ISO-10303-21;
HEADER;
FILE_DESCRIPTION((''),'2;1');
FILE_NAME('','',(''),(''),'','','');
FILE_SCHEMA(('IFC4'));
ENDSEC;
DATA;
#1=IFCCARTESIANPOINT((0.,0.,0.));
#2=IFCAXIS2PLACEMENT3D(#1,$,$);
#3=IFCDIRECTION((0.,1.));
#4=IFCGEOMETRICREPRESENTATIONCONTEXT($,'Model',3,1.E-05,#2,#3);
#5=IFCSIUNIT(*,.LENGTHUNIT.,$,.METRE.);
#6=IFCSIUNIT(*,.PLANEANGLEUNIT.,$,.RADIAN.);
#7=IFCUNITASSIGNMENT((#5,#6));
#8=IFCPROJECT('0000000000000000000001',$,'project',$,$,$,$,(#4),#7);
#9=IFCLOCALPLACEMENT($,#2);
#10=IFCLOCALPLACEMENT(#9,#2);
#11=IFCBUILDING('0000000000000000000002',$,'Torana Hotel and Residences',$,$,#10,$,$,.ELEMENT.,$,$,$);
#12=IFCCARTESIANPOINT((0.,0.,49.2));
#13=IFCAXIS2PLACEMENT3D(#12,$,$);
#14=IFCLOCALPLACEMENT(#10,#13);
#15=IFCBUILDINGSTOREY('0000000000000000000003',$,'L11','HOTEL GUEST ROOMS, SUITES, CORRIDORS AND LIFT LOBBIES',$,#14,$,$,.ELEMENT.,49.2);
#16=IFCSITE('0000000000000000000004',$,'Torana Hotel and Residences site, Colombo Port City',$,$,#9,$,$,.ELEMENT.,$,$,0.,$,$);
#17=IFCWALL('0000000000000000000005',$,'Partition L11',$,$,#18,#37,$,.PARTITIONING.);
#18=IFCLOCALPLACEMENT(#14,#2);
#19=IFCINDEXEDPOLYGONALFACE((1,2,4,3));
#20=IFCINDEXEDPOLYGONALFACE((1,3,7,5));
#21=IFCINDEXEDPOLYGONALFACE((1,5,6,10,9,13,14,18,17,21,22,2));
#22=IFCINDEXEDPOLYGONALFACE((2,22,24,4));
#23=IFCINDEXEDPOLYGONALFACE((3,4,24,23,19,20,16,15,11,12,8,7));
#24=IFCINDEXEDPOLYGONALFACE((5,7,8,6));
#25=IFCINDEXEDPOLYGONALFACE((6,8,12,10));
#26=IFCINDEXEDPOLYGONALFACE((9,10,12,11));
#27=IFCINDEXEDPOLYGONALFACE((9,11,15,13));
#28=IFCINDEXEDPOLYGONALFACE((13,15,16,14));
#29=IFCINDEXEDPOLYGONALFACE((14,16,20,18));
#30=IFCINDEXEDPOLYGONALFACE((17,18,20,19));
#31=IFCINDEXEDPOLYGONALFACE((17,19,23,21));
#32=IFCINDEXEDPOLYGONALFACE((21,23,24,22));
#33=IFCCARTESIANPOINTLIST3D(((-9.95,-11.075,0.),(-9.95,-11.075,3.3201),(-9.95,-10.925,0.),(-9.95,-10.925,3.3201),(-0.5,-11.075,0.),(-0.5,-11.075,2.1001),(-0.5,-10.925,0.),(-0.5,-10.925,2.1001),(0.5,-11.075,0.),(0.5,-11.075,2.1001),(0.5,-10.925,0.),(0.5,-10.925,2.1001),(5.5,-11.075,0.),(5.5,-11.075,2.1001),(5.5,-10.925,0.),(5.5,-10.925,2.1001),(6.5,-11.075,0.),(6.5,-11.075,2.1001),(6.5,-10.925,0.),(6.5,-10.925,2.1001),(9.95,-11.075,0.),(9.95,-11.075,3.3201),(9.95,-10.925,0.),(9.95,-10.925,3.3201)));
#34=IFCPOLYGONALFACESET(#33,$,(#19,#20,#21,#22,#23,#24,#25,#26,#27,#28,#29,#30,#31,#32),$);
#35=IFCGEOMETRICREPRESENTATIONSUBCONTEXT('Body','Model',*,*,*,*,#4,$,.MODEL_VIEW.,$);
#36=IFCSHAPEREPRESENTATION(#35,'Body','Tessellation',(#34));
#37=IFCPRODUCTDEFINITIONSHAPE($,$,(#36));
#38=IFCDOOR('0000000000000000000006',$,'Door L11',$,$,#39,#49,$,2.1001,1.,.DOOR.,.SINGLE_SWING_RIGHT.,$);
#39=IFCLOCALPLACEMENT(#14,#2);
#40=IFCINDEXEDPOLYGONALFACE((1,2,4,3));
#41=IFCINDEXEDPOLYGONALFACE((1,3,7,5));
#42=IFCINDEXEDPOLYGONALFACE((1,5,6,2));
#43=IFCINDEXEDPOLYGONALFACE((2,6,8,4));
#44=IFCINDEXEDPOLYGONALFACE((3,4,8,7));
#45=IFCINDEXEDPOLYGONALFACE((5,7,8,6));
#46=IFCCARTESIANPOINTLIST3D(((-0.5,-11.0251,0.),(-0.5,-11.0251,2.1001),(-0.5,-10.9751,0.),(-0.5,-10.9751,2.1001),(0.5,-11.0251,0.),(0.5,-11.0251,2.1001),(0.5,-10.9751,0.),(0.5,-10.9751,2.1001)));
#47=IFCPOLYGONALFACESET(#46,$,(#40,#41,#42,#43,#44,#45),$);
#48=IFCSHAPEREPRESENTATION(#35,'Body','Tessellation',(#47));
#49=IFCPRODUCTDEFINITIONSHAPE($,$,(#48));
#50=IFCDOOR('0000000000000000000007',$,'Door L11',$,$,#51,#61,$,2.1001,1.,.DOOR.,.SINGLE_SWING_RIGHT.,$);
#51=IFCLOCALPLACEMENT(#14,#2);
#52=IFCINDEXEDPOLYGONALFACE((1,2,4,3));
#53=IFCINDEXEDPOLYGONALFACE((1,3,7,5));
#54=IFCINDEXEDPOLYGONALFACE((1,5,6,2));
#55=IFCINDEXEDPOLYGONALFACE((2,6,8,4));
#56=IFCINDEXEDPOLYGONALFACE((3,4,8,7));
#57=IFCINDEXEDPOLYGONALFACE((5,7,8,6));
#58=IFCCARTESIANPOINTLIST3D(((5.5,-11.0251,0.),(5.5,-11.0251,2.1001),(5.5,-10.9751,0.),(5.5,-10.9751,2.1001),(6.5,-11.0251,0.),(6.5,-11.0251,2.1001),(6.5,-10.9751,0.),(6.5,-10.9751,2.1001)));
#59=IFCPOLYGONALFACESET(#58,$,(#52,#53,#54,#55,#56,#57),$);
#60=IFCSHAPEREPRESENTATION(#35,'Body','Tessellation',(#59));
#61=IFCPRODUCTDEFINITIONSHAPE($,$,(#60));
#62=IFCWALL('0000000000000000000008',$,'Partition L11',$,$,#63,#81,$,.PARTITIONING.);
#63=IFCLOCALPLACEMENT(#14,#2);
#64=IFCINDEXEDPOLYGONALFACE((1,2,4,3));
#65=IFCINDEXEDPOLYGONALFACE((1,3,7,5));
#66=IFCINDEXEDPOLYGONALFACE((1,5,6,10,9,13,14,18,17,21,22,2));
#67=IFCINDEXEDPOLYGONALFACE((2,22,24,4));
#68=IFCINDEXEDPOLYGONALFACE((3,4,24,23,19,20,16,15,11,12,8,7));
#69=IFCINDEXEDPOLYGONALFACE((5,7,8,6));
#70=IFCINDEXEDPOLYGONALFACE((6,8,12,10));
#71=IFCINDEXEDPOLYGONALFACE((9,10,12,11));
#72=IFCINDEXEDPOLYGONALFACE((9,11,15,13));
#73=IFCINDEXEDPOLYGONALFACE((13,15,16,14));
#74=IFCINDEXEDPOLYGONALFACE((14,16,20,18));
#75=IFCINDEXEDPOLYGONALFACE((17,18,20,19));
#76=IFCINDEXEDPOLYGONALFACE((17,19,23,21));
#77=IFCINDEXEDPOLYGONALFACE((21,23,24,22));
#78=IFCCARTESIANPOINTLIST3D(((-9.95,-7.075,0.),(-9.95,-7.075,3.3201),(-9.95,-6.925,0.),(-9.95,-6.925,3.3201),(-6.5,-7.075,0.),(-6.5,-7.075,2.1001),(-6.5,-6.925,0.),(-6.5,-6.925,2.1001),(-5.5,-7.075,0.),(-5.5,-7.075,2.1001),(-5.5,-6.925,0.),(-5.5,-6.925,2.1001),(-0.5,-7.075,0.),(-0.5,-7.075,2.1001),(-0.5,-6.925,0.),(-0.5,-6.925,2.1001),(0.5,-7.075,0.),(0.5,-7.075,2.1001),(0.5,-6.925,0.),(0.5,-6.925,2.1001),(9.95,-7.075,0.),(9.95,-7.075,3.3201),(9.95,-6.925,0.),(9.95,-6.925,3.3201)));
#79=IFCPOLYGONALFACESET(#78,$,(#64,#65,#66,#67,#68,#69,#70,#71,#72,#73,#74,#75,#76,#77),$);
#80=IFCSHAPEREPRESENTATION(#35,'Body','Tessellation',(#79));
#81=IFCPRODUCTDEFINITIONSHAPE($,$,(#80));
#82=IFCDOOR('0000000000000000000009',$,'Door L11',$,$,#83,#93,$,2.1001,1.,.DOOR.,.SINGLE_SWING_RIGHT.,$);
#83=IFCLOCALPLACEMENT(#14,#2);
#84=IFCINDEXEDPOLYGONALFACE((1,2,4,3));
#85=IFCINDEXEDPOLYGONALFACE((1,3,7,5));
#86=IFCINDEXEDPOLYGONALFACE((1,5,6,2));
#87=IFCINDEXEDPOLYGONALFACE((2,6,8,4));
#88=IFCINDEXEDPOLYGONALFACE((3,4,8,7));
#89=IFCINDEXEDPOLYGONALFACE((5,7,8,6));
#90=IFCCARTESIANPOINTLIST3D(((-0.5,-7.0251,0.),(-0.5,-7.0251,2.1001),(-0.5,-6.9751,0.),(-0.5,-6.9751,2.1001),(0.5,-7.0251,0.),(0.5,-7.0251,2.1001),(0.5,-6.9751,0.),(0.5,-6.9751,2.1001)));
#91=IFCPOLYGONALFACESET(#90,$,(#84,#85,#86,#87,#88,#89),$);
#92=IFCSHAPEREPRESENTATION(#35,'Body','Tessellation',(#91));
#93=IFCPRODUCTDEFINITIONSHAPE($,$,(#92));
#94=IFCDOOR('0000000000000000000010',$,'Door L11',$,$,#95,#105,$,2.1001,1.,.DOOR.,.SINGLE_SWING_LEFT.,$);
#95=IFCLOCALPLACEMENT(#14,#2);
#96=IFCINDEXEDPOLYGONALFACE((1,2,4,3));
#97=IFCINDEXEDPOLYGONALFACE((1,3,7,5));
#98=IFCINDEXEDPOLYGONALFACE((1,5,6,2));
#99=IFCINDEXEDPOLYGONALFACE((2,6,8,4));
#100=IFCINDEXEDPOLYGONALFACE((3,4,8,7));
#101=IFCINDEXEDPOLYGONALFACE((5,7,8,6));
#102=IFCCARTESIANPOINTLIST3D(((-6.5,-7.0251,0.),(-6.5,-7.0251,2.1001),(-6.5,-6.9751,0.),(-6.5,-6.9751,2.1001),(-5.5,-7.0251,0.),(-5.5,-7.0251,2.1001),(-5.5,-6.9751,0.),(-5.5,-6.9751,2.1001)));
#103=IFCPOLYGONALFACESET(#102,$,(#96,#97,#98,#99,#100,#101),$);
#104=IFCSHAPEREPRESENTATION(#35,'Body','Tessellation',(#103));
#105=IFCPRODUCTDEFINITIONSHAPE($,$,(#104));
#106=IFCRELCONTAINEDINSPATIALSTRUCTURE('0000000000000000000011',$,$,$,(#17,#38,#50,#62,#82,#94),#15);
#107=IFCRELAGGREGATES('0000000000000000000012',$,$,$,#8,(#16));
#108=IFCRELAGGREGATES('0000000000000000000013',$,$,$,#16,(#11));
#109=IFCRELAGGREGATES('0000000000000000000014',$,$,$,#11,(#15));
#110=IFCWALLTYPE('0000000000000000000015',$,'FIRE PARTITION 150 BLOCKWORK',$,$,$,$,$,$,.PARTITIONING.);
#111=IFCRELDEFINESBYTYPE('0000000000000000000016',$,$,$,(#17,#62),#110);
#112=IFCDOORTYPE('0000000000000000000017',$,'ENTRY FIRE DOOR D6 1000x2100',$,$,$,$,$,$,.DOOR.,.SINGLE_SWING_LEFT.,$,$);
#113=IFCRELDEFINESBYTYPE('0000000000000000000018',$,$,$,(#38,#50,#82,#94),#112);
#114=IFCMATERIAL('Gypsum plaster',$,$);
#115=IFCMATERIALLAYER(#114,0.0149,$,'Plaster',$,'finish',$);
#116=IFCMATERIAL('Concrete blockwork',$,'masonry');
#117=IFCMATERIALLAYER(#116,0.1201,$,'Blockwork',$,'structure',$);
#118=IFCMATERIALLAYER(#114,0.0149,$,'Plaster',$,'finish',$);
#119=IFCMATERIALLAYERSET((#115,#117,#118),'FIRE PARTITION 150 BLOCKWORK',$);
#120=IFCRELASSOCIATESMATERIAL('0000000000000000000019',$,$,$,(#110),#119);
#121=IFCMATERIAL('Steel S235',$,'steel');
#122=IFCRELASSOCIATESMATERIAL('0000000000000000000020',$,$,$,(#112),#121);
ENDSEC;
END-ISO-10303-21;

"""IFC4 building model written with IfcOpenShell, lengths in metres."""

from ifc_helpers import new_model, si_unit, direction, frame, frame_2d, origin, place, context, subcontext, project, spatial, rectangle, extrude, material, layer, layer_set, type_object, element, fill, save


model = new_model("IFC4")

# Units and contexts
model_context = context("Model", 3, precision=1e-05, world=origin(), true_north=direction((0.0, 1.0)))
body_context = subcontext(model_context, "Body", "Model", "MODEL_VIEW")
ifc_project = project(units=[si_unit("LENGTHUNIT", "METRE"), si_unit("PLANEANGLEUNIT", "RADIAN")], contexts=[model_context])

# Site, building, storey
site_placement = place(None, origin())
site = spatial("IfcSite", under=ifc_project, at=site_placement, Name="Torana Hotel and Residences site, Colombo Port City", CompositionType="ELEMENT", RefElevation=0.0)
building_placement = place(site_placement, origin())
building = spatial("IfcBuilding", under=site, at=building_placement, Name="Torana Hotel and Residences", CompositionType="ELEMENT")
storey_placement = place(building_placement, frame((0.0, 0.0, 49.2)))
storey = spatial("IfcBuildingStorey", under=building, at=storey_placement, Name="L11", Description="HOTEL GUEST ROOMS, SUITES, CORRIDORS AND LIFT LOBBIES", CompositionType="ELEMENT", Elevation=49.2)

# Shared definitions
ifc_material_1 = material(Name="Gypsum plaster")
ifc_layer_1 = layer(ifc_material_1, 0.0149, Name="Plaster", Category="finish")
ifc_material_2 = material(Name="Concrete blockwork", Category="masonry")
ifc_layer_2 = layer(ifc_material_2, 0.1201, Name="Blockwork", Category="structure")
ifc_layer_3 = layer(ifc_material_1, 0.0149, Name="Plaster", Category="finish")
ifc_layer_set_1 = layer_set([ifc_layer_1, ifc_layer_2, ifc_layer_3], Name="FIRE PARTITION 150 BLOCKWORK")
wall_type_1 = type_object("IfcWallType", Name="FIRE PARTITION 150 BLOCKWORK", PredefinedType="PARTITIONING", material=ifc_layer_set_1)

# Walls, openings, doors
wall_1_placement = place(storey_placement, frame((-9.95, -11.0, 0.0), z_axis=(0.0, 0.0, 1.0), x_axis=(1.0, 0.0, 0.0)))
wall_1 = element("IfcWall", 1, at=wall_1_placement, inside=storey, type_object=wall_type_1, Name="Partition L11", PredefinedType="PARTITIONING", context=body_context, shape_type="SweptSolid", body=[
    extrude(rectangle(XDim=19.8999, YDim=0.1499, at=frame_2d((9.95, 0.0))), origin(), (0.0, 0.0, 1.0), 3.3201),
])
opening_1_placement = place(wall_1_placement, frame((9.45, 0.0, 0.0)))
opening_1 = element("IfcOpeningElement", 2, at=opening_1_placement, cuts=wall_1, PredefinedType="OPENING", context=body_context, shape_type="SweptSolid", body=[
    extrude(rectangle(XDim=1.0, YDim=2.1001, at=frame_2d((0.5, 1.05))), frame((0.0, 0.085, 0.0), z_axis=(0.0, -1.0, 0.0), x_axis=(1.0, 0.0, 0.0)), (0.0, 0.0, 1.0), 0.1699),
])
opening_2_placement = place(wall_1_placement, frame((15.45, 0.0, 0.0)))
opening_2 = element("IfcOpeningElement", 3, at=opening_2_placement, cuts=wall_1, PredefinedType="OPENING", context=body_context, shape_type="SweptSolid", body=[
    extrude(rectangle(XDim=1.0, YDim=2.1001, at=frame_2d((0.5, 1.05))), frame((0.0, 0.085, 0.0), z_axis=(0.0, -1.0, 0.0), x_axis=(1.0, 0.0, 0.0)), (0.0, 0.0, 1.0), 0.1699),
])
ifc_material_3 = material(Name="Steel S235", Category="steel")
door_type = type_object("IfcDoorType", Name="ENTRY FIRE DOOR D6 1000x2100", OperationType="SINGLE_SWING_LEFT", PredefinedType="DOOR", material=ifc_material_3)
door_1_placement = place(opening_1_placement, origin())
door_1 = element("IfcDoor", 4, at=door_1_placement, inside=storey, type_object=door_type, Name="Door L11", OperationType="SINGLE_SWING_RIGHT", OverallHeight=2.1001, OverallWidth=1.0, PredefinedType="DOOR", context=body_context, shape_type="SweptSolid", body=[
    extrude(rectangle(XDim=1.0, YDim=2.1001, at=frame_2d((0.5, 1.05))), frame((0.0, 0.0249, 0.0), z_axis=(0.0, -1.0, 0.0), x_axis=(1.0, 0.0, 0.0)), (0.0, 0.0, 1.0), 0.05),
])
fill(opening_1, door_1)
door_2_placement = place(opening_2_placement, origin())
door_2 = element("IfcDoor", 5, at=door_2_placement, inside=storey, type_object=door_type, Name="Door L11", OperationType="SINGLE_SWING_RIGHT", OverallHeight=2.1001, OverallWidth=1.0, PredefinedType="DOOR", context=body_context, shape_type="SweptSolid", body=[
    extrude(rectangle(XDim=1.0, YDim=2.1001, at=frame_2d((0.5, 1.05))), frame((0.0, 0.0249, 0.0), z_axis=(0.0, -1.0, 0.0), x_axis=(1.0, 0.0, 0.0)), (0.0, 0.0, 1.0), 0.05),
])
fill(opening_2, door_2)
wall_2_placement = place(storey_placement, frame((-9.95, -7.0, 0.0), z_axis=(0.0, 0.0, 1.0), x_axis=(1.0, 0.0, 0.0)))
wall_2 = element("IfcWall", 6, at=wall_2_placement, inside=storey, type_object=wall_type_1, Name="Partition L11", PredefinedType="PARTITIONING", context=body_context, shape_type="SweptSolid", body=[
    extrude(rectangle(XDim=19.8999, YDim=0.1499, at=frame_2d((9.95, 0.0))), origin(), (0.0, 0.0, 1.0), 3.3201),
])
opening_3_placement = place(wall_2_placement, frame((9.45, 0.0, 0.0)))
opening_3 = element("IfcOpeningElement", 7, at=opening_3_placement, cuts=wall_2, PredefinedType="OPENING", context=body_context, shape_type="SweptSolid", body=[
    extrude(rectangle(XDim=1.0, YDim=2.1001, at=frame_2d((0.5, 1.05))), frame((0.0, 0.085, 0.0), z_axis=(0.0, -1.0, 0.0), x_axis=(1.0, 0.0, 0.0)), (0.0, 0.0, 1.0), 0.1699),
])
opening_4_placement = place(wall_2_placement, frame((3.45, 0.0, 0.0)))
opening_4 = element("IfcOpeningElement", 8, at=opening_4_placement, cuts=wall_2, PredefinedType="OPENING", context=body_context, shape_type="SweptSolid", body=[
    extrude(rectangle(XDim=1.0, YDim=2.1001, at=frame_2d((0.5, 1.05))), frame((0.0, 0.085, 0.0), z_axis=(0.0, -1.0, 0.0), x_axis=(1.0, 0.0, 0.0)), (0.0, 0.0, 1.0), 0.1699),
])
door_3_placement = place(opening_3_placement, origin())
door_3 = element("IfcDoor", 9, at=door_3_placement, inside=storey, type_object=door_type, Name="Door L11", OperationType="SINGLE_SWING_RIGHT", OverallHeight=2.1001, OverallWidth=1.0, PredefinedType="DOOR", context=body_context, shape_type="SweptSolid", body=[
    extrude(rectangle(XDim=1.0, YDim=2.1001, at=frame_2d((0.5, 1.05))), frame((0.0, 0.0249, 0.0), z_axis=(0.0, -1.0, 0.0), x_axis=(1.0, 0.0, 0.0)), (0.0, 0.0, 1.0), 0.05),
])
fill(opening_3, door_3)
door_4_placement = place(opening_4_placement, frame((0.5, 0.0, 0.0), z_axis=(0.0, 0.0, 1.0), x_axis=(-1.0, 0.0, 0.0)))
door_4 = element("IfcDoor", 10, at=door_4_placement, inside=storey, type_object=door_type, Name="Door L11", OperationType="SINGLE_SWING_LEFT", OverallHeight=2.1001, OverallWidth=1.0, PredefinedType="DOOR", context=body_context, shape_type="SweptSolid", body=[
    extrude(rectangle(XDim=1.0, YDim=2.1001, at=frame_2d((0.0, 1.05))), frame((0.0, -0.0249, 0.0), z_axis=(0.0, 1.0, 0.0), x_axis=(-1.0, 0.0, 0.0)), (0.0, 0.0, 1.0), 0.05),
])
fill(opening_4, door_4)

save(model, "model.ifc")
